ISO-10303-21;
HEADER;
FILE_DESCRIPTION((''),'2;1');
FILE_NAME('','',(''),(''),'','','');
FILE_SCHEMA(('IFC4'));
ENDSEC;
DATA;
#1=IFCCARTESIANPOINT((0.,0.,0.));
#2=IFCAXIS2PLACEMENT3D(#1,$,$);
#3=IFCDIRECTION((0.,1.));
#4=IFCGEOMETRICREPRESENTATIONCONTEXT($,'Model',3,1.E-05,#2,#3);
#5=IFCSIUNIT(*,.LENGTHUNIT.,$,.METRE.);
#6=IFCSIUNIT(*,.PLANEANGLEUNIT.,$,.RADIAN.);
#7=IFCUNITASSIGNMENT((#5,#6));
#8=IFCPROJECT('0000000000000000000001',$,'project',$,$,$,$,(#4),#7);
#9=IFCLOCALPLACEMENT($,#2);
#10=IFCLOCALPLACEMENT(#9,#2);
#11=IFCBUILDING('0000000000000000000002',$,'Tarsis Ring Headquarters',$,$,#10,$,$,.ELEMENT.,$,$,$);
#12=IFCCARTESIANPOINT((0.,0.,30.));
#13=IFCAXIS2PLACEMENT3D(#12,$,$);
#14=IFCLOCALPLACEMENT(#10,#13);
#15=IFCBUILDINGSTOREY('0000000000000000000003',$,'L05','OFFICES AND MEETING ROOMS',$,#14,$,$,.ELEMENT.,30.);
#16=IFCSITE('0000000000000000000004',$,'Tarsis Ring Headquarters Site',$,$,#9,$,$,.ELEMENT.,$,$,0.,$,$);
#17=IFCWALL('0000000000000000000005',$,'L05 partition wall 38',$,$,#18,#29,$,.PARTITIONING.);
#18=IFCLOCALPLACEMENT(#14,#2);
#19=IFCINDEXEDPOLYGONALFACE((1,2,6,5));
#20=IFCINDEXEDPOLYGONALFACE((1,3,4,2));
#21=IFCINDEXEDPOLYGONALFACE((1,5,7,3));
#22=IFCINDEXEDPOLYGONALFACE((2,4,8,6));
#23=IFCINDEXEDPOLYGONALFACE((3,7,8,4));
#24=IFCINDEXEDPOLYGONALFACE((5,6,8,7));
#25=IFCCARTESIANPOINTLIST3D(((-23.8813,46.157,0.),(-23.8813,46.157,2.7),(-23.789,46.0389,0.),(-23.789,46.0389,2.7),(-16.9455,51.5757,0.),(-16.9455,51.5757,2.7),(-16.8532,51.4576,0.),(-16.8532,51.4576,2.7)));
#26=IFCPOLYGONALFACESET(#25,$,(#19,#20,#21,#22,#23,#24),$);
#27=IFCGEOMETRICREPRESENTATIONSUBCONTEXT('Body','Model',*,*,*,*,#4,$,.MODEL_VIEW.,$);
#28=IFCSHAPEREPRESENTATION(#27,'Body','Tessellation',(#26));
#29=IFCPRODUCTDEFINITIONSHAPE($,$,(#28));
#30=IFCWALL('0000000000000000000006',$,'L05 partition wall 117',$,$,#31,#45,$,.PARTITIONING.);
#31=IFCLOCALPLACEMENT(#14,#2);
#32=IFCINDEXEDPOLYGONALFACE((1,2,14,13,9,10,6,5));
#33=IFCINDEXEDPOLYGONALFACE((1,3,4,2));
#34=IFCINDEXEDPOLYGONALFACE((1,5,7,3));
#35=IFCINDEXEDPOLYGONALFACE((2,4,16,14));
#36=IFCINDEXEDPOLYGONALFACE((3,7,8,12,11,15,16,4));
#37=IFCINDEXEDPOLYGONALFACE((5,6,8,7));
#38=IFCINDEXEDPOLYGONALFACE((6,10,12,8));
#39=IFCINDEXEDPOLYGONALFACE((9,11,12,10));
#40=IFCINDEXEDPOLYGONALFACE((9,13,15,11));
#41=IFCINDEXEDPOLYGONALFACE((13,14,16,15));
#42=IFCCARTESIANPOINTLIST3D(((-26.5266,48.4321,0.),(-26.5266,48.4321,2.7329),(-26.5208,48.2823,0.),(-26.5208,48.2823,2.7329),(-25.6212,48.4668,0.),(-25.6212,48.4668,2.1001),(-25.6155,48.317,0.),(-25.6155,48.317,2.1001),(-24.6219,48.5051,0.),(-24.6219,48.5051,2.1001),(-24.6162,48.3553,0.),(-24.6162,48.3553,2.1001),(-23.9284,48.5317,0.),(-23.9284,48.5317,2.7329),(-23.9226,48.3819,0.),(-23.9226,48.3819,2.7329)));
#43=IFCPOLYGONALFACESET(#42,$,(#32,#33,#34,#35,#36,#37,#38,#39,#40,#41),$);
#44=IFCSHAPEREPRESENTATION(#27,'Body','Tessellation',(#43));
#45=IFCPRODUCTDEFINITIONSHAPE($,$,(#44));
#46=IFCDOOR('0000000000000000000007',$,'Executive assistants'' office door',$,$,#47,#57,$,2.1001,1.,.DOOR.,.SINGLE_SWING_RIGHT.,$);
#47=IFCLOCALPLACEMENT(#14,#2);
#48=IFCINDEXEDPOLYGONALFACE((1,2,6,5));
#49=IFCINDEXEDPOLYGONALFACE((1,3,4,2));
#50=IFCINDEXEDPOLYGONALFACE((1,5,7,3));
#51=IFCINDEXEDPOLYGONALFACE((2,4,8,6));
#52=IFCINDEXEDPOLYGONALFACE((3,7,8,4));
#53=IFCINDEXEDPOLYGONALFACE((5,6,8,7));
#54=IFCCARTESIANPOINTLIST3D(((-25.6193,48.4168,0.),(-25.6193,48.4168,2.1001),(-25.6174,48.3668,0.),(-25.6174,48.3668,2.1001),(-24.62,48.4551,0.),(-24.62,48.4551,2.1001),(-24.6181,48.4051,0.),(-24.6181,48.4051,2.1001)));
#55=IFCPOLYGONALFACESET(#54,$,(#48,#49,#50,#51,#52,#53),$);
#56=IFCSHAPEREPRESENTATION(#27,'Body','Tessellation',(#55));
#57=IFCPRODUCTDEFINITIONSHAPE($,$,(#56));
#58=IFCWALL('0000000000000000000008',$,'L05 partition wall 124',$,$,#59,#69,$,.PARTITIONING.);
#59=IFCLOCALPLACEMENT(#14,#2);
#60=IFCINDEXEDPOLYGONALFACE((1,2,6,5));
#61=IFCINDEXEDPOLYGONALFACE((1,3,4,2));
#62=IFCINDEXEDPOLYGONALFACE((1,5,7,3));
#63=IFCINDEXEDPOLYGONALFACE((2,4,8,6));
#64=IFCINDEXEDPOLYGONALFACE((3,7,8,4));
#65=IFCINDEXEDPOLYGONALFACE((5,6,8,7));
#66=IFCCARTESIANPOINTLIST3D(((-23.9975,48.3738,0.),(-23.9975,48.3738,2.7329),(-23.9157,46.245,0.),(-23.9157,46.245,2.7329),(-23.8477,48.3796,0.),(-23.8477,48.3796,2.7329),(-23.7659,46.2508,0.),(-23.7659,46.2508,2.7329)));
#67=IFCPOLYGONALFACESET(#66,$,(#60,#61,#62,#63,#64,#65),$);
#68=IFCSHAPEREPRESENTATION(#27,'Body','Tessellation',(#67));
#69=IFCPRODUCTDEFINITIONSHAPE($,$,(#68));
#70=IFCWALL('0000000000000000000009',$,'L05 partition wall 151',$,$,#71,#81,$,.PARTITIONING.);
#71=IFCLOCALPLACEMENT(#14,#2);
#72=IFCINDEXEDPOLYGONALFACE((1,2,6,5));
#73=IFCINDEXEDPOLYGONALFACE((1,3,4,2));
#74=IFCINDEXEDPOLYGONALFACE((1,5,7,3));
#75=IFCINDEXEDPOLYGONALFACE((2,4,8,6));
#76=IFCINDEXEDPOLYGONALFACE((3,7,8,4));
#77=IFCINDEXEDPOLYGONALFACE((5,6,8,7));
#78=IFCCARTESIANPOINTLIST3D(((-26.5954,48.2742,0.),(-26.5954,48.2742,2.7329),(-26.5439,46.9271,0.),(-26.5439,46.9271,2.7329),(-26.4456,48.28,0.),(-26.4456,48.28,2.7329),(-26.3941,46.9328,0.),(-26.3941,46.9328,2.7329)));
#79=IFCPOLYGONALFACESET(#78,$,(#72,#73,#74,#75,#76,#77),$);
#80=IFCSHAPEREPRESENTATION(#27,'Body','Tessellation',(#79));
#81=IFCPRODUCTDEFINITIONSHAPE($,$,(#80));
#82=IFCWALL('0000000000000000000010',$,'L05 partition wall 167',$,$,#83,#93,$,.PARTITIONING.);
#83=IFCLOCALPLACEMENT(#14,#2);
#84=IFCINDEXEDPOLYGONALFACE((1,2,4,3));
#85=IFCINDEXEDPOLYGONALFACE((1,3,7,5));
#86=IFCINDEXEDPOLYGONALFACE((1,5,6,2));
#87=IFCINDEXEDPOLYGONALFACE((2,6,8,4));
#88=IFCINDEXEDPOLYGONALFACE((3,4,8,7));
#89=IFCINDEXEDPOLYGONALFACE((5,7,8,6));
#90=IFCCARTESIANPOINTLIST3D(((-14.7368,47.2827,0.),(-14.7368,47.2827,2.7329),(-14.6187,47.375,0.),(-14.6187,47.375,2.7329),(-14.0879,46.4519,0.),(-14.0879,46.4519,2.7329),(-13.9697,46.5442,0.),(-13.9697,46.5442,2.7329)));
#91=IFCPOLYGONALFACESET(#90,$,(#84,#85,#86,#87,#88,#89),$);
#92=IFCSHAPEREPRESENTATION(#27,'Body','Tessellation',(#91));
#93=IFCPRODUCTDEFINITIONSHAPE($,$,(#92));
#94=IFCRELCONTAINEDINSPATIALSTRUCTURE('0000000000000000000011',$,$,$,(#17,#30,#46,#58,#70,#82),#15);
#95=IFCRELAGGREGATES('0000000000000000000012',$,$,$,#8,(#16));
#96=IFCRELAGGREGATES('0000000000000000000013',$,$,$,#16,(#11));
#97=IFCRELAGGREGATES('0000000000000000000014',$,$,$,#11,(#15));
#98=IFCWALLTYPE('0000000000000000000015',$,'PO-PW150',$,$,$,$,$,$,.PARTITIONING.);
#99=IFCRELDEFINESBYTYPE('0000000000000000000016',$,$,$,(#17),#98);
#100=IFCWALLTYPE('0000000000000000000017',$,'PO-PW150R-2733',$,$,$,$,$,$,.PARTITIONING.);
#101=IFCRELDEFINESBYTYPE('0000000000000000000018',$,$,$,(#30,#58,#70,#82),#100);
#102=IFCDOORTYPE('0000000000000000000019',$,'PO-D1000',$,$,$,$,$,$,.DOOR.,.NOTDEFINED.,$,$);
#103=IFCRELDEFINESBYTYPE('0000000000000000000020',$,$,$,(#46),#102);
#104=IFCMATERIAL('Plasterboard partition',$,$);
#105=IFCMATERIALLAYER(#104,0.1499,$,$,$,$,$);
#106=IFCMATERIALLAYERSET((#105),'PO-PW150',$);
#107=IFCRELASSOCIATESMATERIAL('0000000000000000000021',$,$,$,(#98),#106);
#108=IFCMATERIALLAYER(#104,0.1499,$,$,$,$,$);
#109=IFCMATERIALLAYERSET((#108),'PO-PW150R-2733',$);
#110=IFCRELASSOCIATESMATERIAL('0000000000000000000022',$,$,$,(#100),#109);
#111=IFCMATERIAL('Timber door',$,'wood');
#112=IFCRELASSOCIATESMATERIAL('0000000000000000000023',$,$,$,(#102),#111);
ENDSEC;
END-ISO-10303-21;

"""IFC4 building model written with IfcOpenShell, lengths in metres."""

from ifc_helpers import new_model, si_unit, direction, frame, frame_2d, origin, place, context, subcontext, project, spatial, rectangle, extrude, material, layer, layer_set, type_object, element, fill, save


model = new_model("IFC4")

# Units and contexts
model_context = context("Model", 3, precision=1e-05, world=origin(), true_north=direction((0.0, 1.0)))
body_context = subcontext(model_context, "Body", "Model", "MODEL_VIEW")
ifc_project = project(units=[si_unit("LENGTHUNIT", "METRE"), si_unit("PLANEANGLEUNIT", "RADIAN")], contexts=[model_context])

# Site, building, storey
site_placement = place(None, origin())
site = spatial("IfcSite", under=ifc_project, at=site_placement, Name="Tarsis Ring Headquarters Site", CompositionType="ELEMENT", RefElevation=0.0)
building_placement = place(site_placement, origin())
building = spatial("IfcBuilding", under=site, at=building_placement, Name="Tarsis Ring Headquarters", CompositionType="ELEMENT")
storey_placement = place(building_placement, frame((0.0, 0.0, 30.0)))
storey = spatial("IfcBuildingStorey", under=building, at=storey_placement, Name="L05", Description="OFFICES AND MEETING ROOMS", CompositionType="ELEMENT", Elevation=30.0)

# Wall
ifc_material_1 = material(Name="Plasterboard partition")
ifc_layer_1 = layer(ifc_material_1, 0.1499)
ifc_layer_set_1 = layer_set([ifc_layer_1], Name="PO-PW150")
wall_type_1 = type_object("IfcWallType", Name="PO-PW150", PredefinedType="PARTITIONING", material=ifc_layer_set_1)
wall_1_placement = place(storey_placement, frame((-23.8352, 46.0979, 0.0), z_axis=(0.0, 0.0, 1.0), x_axis=(0.788018, 0.615652, 0.0)))
element("IfcWall", 1, at=wall_1_placement, inside=storey, type_object=wall_type_1, Name="L05 partition wall 38", PredefinedType="PARTITIONING", context=body_context, shape_type="SweptSolid", body=[
    extrude(rectangle(XDim=8.8015, YDim=0.1499, at=frame_2d((4.4009, 0.0))), origin(), (0.0, 0.0, 1.0), 2.7),
])

# Wall, opening, door
ifc_layer_2 = layer(ifc_material_1, 0.1499)
ifc_layer_set_2 = layer_set([ifc_layer_2], Name="PO-PW150R-2733")
wall_type_2 = type_object("IfcWallType", Name="PO-PW150R-2733", PredefinedType="PARTITIONING", material=ifc_layer_set_2)
wall_2_placement = place(storey_placement, frame((-26.5237, 48.3572, 0.0), z_axis=(0.0, 0.0, 1.0), x_axis=(0.999266, 0.038311, 0.0)))
wall_2 = element("IfcWall", 2, at=wall_2_placement, inside=storey, type_object=wall_type_2, Name="L05 partition wall 117", PredefinedType="PARTITIONING", context=body_context, shape_type="SweptSolid", body=[
    extrude(rectangle(XDim=2.6001, YDim=0.1499, at=frame_2d((1.3, 0.0))), origin(), (0.0, 0.0, 1.0), 2.7329),
])
opening_1_placement = place(wall_2_placement, frame((0.906, 0.0, 0.0)))
opening_1 = element("IfcOpeningElement", 3, at=opening_1_placement, cuts=wall_2, PredefinedType="OPENING", context=body_context, shape_type="SweptSolid", body=[
    extrude(rectangle(XDim=1.0, YDim=2.1001, at=frame_2d((0.5, 1.05))), frame((0.0, 0.085, 0.0), z_axis=(0.0, -1.0, 0.0), x_axis=(1.0, 0.0, 0.0)), (0.0, 0.0, 1.0), 0.1699),
])
ifc_material_2 = material(Name="Timber door", Category="wood")
door_type = type_object("IfcDoorType", Name="PO-D1000", OperationType="NOTDEFINED", PredefinedType="DOOR", material=ifc_material_2)
door_placement = place(opening_1_placement, origin())
door = element("IfcDoor", 4, at=door_placement, inside=storey, type_object=door_type, Name="Executive assistants' office door", OperationType="SINGLE_SWING_RIGHT", OverallHeight=2.1001, OverallWidth=1.0, PredefinedType="DOOR", context=body_context, shape_type="SweptSolid", body=[
    extrude(rectangle(XDim=1.0, YDim=2.1001, at=frame_2d((0.5, 1.05))), frame((0.0, 0.0249, 0.0), z_axis=(0.0, -1.0, 0.0), x_axis=(1.0, 0.0, 0.0)), (0.0, 0.0, 1.0), 0.05),
])
fill(opening_1, door)

# Walls
wall_3_placement = place(storey_placement, frame((-23.9226, 48.3767, 0.0), z_axis=(0.0, 0.0, 1.0), x_axis=(0.038389, -0.999263, 0.0)))
element("IfcWall", 5, at=wall_3_placement, inside=storey, type_object=wall_type_2, Name="L05 partition wall 124", PredefinedType="PARTITIONING", context=body_context, shape_type="SweptSolid", body=[
    extrude(rectangle(XDim=2.1304, YDim=0.1499, at=frame_2d((1.0652, 0.0))), origin(), (0.0, 0.0, 1.0), 2.7329),
])
wall_4_placement = place(storey_placement, frame((-26.469, 46.9299, 0.0), z_axis=(0.0, 0.0, 1.0), x_axis=(-0.038211, 0.99927, 0.0)))
element("IfcWall", 6, at=wall_4_placement, inside=storey, type_object=wall_type_2, Name="L05 partition wall 151", PredefinedType="PARTITIONING", context=body_context, shape_type="SweptSolid", body=[
    extrude(rectangle(XDim=1.3481, YDim=0.1499, at=frame_2d((0.6741, 0.0))), origin(), (0.0, 0.0, 1.0), 2.7329),
])
wall_5_placement = place(storey_placement, frame((-14.6777, 47.3289, 0.0), z_axis=(0.0, 0.0, 1.0), x_axis=(0.615559, -0.788091, 0.0)))
element("IfcWall", 7, at=wall_5_placement, inside=storey, type_object=wall_type_2, Name="L05 partition wall 167", PredefinedType="PARTITIONING", context=body_context, shape_type="SweptSolid", body=[
    extrude(rectangle(XDim=1.0542, YDim=0.1499, at=frame_2d((0.5271, 0.0))), origin(), (0.0, 0.0, 1.0), 2.7329),
])

save(model, "model.ifc")
